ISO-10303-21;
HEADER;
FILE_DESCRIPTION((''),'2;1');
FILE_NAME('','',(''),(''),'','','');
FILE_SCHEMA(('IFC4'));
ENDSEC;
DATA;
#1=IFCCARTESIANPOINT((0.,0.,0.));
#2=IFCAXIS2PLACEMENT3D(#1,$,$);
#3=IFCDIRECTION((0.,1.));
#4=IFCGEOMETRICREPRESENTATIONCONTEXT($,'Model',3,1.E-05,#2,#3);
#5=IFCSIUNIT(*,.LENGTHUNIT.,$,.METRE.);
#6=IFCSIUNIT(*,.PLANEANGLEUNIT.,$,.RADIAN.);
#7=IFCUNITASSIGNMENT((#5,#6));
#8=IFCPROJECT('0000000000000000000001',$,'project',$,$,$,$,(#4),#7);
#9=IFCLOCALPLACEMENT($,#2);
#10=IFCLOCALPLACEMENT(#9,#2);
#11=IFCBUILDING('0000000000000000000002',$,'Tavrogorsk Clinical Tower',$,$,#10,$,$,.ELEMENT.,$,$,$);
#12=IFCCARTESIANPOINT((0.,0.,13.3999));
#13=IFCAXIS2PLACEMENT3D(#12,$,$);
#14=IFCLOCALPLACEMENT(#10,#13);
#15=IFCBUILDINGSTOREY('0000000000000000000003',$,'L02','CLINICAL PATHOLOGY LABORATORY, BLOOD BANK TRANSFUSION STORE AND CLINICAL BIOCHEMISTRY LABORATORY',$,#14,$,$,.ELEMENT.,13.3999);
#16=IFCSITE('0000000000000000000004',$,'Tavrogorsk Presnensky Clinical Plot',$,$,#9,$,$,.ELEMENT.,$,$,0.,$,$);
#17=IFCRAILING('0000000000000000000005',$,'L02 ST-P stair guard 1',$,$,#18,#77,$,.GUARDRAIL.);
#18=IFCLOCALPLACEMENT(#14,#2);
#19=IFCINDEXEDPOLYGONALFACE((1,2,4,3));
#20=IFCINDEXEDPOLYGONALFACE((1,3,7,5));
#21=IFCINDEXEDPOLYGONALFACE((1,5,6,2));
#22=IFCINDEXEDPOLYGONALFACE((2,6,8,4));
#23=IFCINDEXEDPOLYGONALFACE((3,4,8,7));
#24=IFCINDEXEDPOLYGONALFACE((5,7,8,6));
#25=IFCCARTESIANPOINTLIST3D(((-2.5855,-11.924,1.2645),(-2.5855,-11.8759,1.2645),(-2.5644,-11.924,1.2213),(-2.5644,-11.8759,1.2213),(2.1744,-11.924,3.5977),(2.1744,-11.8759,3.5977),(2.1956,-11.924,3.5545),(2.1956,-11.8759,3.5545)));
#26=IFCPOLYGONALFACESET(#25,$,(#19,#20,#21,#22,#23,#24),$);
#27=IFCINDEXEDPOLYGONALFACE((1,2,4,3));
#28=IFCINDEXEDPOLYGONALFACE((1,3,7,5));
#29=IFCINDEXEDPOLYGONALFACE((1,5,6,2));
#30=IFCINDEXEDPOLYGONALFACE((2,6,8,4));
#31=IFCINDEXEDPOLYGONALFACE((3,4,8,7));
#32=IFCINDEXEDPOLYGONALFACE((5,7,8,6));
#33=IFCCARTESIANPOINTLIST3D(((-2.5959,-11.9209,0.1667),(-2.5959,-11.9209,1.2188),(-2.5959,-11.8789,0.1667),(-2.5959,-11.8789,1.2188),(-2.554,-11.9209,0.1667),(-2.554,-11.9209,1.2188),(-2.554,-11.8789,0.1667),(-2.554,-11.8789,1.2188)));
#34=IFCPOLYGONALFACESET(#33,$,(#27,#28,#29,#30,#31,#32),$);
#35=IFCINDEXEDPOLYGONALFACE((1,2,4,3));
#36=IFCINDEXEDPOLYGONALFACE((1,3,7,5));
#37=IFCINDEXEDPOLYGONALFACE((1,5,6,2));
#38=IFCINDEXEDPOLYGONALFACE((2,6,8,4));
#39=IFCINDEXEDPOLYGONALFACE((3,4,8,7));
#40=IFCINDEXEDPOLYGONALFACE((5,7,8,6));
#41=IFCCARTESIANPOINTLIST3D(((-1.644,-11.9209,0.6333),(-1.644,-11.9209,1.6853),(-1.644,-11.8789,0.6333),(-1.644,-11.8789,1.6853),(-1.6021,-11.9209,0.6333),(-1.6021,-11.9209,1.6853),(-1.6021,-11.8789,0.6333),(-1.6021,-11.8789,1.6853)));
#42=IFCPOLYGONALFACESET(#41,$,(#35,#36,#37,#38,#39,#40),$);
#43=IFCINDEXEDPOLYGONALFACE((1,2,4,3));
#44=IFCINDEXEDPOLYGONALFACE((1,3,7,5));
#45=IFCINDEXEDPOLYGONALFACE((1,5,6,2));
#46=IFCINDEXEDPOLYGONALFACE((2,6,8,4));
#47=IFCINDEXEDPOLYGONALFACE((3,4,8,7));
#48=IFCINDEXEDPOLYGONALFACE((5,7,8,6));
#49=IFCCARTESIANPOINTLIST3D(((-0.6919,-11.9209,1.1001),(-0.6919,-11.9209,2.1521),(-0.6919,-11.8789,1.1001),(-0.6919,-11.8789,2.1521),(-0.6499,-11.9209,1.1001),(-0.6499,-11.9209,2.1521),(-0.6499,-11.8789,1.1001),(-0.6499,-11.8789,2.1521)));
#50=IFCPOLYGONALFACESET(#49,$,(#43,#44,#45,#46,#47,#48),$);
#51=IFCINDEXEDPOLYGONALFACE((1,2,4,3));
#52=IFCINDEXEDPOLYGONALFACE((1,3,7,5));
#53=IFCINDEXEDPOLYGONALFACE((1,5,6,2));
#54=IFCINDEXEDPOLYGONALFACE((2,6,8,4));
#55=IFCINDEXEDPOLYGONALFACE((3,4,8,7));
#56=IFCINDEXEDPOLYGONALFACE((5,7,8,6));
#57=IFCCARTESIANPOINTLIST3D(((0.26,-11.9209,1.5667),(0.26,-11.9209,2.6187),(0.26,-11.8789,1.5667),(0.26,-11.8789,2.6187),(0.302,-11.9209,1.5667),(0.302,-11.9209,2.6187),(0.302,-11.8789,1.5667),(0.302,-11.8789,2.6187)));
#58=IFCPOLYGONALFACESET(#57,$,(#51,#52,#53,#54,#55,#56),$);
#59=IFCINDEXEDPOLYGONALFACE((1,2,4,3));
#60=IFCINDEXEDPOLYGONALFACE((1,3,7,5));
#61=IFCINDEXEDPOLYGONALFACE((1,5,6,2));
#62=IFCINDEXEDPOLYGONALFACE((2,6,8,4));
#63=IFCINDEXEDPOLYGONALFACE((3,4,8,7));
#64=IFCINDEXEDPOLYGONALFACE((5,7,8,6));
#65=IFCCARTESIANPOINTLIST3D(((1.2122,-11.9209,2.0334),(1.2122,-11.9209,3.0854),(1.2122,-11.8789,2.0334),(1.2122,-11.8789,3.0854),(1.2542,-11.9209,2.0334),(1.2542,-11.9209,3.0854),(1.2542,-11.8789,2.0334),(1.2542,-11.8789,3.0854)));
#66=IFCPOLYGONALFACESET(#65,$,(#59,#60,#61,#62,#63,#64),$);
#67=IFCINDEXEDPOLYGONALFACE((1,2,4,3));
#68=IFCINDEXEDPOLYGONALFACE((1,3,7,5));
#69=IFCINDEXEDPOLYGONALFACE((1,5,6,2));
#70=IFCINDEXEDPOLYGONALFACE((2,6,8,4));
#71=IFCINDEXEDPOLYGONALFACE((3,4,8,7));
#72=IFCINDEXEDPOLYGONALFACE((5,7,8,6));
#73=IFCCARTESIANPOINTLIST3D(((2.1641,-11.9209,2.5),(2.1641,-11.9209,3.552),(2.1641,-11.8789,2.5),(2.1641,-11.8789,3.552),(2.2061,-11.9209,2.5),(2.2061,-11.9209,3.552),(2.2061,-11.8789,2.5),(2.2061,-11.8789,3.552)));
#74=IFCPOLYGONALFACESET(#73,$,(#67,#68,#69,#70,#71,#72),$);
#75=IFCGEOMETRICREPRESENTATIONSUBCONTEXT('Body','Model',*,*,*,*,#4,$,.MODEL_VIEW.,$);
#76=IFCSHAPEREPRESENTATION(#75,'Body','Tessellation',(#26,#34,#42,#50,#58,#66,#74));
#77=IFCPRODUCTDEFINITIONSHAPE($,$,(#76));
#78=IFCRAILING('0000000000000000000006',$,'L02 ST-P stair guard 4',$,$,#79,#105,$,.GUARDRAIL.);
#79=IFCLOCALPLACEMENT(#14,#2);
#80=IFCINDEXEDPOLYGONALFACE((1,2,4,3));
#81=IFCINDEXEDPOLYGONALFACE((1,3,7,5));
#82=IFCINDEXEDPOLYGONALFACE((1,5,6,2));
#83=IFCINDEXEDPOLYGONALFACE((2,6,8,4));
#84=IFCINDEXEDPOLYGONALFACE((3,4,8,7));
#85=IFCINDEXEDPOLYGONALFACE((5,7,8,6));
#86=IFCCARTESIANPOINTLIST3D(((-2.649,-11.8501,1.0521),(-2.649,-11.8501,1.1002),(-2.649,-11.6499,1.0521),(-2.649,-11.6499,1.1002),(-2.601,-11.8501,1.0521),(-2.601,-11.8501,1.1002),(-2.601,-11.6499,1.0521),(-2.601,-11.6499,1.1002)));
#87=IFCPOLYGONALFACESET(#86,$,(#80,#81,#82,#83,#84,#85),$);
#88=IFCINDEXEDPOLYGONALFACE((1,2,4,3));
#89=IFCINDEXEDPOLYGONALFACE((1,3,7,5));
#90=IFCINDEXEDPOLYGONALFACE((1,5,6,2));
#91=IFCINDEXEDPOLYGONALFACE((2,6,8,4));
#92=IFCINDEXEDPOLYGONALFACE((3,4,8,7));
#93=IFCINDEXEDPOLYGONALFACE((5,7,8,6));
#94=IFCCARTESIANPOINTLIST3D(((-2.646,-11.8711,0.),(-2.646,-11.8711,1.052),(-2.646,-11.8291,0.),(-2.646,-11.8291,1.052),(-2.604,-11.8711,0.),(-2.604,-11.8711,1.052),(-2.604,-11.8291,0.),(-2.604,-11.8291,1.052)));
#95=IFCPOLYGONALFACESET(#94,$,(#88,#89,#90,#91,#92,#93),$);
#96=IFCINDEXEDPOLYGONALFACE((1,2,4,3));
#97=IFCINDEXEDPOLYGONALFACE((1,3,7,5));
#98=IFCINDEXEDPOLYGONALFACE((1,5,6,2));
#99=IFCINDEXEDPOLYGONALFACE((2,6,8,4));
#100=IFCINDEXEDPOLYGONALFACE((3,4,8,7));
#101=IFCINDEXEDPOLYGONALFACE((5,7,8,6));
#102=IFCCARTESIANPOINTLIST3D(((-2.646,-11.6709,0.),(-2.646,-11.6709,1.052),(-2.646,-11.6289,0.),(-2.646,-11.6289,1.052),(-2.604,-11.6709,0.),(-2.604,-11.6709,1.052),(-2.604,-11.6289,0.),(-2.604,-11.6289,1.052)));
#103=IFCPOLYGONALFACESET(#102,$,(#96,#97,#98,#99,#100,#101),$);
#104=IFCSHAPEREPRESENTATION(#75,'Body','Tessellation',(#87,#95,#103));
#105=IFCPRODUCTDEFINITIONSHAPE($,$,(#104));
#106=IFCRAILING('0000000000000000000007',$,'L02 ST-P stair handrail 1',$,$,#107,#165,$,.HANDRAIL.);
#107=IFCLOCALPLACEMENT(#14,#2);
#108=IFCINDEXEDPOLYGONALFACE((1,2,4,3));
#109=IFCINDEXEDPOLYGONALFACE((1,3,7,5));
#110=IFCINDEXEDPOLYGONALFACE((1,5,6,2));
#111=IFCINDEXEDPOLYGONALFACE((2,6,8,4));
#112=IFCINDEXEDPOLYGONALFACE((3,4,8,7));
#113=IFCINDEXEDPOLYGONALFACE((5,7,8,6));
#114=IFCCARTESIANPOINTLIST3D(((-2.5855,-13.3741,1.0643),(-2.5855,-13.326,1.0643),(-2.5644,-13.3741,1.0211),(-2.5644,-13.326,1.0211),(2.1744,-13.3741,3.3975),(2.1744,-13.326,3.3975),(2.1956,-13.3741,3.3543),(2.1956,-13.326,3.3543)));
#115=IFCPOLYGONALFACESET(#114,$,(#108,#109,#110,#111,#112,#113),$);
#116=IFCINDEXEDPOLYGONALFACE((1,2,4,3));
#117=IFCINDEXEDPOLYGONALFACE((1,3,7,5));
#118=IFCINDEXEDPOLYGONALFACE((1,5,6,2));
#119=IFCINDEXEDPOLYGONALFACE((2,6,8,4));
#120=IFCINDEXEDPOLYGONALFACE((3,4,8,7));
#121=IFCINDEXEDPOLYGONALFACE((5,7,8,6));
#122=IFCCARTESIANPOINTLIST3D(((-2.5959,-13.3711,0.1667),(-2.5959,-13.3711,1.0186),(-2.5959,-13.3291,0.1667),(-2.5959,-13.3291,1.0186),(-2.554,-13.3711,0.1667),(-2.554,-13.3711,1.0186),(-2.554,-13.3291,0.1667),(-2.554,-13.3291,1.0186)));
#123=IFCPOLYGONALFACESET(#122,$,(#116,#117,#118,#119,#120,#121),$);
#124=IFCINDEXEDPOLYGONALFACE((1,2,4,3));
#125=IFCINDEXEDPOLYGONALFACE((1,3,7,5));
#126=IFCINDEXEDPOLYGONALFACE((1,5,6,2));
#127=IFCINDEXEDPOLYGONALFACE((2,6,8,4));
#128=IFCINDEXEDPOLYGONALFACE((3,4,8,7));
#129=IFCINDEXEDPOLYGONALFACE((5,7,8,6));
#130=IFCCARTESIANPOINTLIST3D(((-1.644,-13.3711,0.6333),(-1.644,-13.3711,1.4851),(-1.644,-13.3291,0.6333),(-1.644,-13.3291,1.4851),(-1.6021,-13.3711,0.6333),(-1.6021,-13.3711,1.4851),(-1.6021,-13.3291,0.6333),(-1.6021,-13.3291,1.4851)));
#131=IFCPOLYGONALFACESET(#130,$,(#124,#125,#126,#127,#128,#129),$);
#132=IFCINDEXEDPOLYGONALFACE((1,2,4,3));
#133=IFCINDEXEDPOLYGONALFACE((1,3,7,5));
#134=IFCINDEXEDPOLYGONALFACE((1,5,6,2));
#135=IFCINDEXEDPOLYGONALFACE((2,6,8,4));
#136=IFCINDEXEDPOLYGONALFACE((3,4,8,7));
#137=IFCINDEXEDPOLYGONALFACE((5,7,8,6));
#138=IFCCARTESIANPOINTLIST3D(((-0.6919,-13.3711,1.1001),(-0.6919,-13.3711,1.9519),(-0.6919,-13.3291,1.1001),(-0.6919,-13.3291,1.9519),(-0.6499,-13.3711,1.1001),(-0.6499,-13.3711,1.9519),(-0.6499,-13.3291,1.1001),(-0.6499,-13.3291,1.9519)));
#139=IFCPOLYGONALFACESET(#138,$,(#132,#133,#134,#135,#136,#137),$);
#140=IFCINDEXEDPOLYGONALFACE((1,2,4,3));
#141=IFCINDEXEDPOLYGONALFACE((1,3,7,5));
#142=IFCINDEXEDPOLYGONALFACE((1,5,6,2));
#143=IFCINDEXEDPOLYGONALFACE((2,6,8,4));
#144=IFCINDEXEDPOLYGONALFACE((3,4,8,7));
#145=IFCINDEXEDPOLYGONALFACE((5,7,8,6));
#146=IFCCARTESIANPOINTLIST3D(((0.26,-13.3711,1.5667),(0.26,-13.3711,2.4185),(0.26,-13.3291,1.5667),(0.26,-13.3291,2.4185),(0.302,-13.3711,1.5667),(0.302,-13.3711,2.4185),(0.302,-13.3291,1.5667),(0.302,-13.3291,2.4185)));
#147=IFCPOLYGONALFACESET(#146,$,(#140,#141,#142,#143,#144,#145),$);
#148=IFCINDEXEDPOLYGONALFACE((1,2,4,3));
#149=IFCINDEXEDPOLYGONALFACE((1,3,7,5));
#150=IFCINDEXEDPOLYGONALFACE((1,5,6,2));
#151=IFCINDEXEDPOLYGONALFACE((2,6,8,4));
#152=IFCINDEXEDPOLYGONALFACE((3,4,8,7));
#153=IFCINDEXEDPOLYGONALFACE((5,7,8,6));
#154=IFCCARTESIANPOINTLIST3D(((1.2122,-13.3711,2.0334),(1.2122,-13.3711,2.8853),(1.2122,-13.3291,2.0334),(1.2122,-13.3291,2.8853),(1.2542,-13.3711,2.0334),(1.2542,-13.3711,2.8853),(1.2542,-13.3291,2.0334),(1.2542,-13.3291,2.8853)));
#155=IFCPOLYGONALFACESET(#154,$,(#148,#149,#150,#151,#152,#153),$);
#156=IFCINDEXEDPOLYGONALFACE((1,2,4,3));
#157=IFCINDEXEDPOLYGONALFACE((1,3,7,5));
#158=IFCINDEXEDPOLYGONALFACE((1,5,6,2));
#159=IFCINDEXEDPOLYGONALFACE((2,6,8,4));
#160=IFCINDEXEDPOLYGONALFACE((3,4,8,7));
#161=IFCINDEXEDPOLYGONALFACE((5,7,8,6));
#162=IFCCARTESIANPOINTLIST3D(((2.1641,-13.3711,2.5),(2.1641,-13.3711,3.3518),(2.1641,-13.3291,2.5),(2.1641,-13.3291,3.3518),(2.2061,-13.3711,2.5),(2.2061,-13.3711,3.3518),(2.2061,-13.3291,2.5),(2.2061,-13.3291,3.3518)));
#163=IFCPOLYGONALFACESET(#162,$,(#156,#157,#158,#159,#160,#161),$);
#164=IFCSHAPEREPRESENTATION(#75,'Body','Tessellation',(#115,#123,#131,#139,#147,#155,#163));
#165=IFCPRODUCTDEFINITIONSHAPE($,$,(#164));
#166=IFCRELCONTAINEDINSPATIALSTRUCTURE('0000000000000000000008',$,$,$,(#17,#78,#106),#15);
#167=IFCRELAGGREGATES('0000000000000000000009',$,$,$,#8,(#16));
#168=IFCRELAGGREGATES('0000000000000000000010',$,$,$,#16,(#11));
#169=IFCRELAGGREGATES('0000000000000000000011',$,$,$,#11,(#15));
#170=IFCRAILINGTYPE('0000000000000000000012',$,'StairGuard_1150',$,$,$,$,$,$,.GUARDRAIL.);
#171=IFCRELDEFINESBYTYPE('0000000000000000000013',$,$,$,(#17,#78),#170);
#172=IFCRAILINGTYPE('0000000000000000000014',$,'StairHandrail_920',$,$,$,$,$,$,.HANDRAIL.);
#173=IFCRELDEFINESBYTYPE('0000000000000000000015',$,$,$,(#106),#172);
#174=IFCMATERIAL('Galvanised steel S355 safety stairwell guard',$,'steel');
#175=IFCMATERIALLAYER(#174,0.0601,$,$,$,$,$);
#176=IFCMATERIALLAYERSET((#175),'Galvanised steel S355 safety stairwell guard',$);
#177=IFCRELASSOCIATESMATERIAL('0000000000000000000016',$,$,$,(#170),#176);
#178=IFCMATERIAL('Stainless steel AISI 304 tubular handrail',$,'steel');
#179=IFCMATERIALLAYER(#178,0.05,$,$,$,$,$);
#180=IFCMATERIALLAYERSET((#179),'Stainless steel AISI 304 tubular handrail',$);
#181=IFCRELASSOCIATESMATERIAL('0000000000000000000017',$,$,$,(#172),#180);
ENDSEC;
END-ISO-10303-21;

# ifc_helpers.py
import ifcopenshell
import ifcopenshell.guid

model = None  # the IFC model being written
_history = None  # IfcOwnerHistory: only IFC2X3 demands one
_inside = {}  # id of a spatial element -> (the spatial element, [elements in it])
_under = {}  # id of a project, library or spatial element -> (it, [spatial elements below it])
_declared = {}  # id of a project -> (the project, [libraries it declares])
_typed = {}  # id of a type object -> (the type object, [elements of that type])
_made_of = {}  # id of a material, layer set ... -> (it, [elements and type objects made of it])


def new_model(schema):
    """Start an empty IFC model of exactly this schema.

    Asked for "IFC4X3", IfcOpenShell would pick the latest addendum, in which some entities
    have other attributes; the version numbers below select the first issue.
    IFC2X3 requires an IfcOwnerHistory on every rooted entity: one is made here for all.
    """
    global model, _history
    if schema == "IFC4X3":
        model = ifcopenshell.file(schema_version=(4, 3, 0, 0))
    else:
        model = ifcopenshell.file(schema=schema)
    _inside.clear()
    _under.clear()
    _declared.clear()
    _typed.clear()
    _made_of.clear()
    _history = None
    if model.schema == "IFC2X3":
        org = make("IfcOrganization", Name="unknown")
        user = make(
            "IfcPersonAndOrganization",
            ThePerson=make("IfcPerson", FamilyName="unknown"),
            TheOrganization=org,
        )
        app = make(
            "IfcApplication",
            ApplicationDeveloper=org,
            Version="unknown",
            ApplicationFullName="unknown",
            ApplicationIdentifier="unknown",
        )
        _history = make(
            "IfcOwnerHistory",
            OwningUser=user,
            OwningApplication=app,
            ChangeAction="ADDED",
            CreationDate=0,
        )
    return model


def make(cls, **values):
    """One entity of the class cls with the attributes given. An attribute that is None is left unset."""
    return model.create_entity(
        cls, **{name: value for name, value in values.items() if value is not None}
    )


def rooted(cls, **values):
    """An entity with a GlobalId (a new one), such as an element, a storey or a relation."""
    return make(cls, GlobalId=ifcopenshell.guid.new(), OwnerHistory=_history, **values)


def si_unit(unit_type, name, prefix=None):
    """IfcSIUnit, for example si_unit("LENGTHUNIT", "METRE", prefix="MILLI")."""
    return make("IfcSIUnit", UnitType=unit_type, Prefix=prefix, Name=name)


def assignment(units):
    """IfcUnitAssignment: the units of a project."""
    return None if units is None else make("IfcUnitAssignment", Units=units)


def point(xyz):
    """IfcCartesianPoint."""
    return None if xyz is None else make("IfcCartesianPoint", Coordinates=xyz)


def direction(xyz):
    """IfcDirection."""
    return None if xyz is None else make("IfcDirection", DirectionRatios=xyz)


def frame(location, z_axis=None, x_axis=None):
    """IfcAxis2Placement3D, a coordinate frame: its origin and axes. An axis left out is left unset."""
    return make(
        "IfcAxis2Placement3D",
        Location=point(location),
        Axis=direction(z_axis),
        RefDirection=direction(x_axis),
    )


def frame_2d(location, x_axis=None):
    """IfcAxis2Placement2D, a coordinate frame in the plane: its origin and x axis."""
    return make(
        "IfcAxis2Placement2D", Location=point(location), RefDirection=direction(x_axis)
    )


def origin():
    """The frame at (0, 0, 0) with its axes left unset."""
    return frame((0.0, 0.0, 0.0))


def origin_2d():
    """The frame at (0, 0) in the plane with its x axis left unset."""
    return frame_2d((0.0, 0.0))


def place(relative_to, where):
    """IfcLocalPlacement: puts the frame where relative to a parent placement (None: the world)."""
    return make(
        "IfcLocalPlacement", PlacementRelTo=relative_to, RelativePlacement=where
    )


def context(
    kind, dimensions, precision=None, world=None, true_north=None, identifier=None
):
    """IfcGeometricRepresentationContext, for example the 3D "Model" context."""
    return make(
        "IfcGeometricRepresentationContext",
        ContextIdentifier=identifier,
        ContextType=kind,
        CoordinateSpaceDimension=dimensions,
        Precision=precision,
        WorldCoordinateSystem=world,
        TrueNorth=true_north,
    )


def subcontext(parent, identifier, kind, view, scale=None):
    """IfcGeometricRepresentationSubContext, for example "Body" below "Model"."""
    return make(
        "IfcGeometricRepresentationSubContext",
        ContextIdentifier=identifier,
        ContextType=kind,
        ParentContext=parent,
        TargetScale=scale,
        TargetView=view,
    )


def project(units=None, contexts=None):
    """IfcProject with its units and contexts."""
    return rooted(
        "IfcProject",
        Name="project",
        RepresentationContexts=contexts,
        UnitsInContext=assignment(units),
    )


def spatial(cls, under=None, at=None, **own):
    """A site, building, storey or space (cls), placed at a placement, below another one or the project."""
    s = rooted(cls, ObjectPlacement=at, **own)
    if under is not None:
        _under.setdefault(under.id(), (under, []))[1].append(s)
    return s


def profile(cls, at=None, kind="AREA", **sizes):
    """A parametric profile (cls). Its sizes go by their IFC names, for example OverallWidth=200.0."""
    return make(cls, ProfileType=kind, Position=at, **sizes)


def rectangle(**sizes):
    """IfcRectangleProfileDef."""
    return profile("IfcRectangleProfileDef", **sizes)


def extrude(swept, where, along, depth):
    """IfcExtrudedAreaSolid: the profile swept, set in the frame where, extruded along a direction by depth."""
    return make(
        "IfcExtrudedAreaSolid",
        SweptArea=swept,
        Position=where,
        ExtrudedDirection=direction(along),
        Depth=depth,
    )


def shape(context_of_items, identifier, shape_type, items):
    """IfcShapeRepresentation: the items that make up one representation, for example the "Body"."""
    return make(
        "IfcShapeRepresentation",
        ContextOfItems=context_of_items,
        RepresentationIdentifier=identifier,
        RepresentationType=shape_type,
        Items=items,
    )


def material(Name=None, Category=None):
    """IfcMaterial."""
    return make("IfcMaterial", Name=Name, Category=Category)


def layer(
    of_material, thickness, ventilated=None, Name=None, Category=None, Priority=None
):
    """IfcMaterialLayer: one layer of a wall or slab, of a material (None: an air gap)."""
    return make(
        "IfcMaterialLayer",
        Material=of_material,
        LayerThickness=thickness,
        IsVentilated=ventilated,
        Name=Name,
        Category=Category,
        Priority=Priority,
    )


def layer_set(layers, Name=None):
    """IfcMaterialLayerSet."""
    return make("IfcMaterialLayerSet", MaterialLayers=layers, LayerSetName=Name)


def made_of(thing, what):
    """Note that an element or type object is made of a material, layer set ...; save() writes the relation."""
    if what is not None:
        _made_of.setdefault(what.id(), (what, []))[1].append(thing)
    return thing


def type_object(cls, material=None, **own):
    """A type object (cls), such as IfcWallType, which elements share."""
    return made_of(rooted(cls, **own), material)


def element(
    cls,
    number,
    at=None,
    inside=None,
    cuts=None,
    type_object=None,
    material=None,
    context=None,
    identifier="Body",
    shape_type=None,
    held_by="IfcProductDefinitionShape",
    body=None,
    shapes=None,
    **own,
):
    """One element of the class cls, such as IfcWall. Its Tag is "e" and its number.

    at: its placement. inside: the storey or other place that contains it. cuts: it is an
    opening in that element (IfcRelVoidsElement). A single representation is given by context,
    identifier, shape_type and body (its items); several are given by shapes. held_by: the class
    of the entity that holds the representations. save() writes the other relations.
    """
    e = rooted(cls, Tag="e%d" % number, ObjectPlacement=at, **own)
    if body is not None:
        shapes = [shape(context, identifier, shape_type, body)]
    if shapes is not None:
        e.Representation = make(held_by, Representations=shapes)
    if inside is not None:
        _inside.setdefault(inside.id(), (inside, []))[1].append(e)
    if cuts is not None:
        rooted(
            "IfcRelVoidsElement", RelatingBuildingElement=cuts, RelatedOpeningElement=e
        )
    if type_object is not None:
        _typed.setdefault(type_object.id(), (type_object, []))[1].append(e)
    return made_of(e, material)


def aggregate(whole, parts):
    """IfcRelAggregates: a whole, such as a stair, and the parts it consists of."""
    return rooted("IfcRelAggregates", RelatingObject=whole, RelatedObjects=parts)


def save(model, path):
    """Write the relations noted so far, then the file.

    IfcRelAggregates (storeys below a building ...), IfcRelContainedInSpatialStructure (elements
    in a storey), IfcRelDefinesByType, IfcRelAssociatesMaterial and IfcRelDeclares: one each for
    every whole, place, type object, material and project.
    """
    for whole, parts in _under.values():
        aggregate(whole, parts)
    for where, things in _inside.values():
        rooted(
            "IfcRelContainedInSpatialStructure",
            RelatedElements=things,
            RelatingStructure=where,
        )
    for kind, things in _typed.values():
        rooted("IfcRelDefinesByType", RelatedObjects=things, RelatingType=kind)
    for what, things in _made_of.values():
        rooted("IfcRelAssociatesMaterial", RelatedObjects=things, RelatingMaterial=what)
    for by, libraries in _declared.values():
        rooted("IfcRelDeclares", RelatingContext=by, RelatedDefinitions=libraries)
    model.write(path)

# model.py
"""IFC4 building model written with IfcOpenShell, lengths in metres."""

from ifc_helpers import new_model, si_unit, direction, frame, origin, origin_2d, place, context, subcontext, project, spatial, rectangle, extrude, material, layer, layer_set, type_object, element, save


model = new_model("IFC4")

# Units and contexts
model_context = context("Model", 3, precision=1e-05, world=origin(), true_north=direction((0.0, 1.0)))
body_context = subcontext(model_context, "Body", "Model", "MODEL_VIEW")
ifc_project = project(units=[si_unit("LENGTHUNIT", "METRE"), si_unit("PLANEANGLEUNIT", "RADIAN")], contexts=[model_context])

# Site, building, storey
site_placement = place(None, origin())
site = spatial("IfcSite", under=ifc_project, at=site_placement, Name="Tavrogorsk Presnensky Clinical Plot", CompositionType="ELEMENT", RefElevation=0.0)
building_placement = place(site_placement, origin())
building = spatial("IfcBuilding", under=site, at=building_placement, Name="Tavrogorsk Clinical Tower", CompositionType="ELEMENT")
storey_placement = place(building_placement, frame((0.0, 0.0, 13.3999)))
storey = spatial("IfcBuildingStorey", under=building, at=storey_placement, Name="L02", Description="CLINICAL PATHOLOGY LABORATORY, BLOOD BANK TRANSFUSION STORE AND CLINICAL BIOCHEMISTRY LABORATORY", CompositionType="ELEMENT", Elevation=13.3999)

# Railings
ifc_material_1 = material(Name="Galvanised steel S355 safety stairwell guard", Category="steel")
ifc_layer_1 = layer(ifc_material_1, 0.0601)
ifc_layer_set_1 = layer_set([ifc_layer_1], Name="Galvanised steel S355 safety stairwell guard")
railing_type_1 = type_object("IfcRailingType", Name="StairGuard_1150", PredefinedType="GUARDRAIL", material=ifc_layer_set_1)
railing_1_placement = place(storey_placement, frame((-2.575, -11.8999, 0.1667)))
element("IfcRailing", 1, at=railing_1_placement, inside=storey, type_object=railing_type_1, Name="L02 ST-P stair guard 1", PredefinedType="GUARDRAIL", context=body_context, shape_type="SweptSolid", body=[
    extrude(rectangle(XDim=0.0481, YDim=0.0481, at=origin_2d()), frame((0.0, 0.0, 1.0762), z_axis=(0.897927, 0.0, 0.440144), x_axis=(0.0, 1.0, 0.0)), (0.0, 0.0, 1.0), 5.301),
    extrude(rectangle(XDim=0.042, YDim=0.042, at=origin_2d()), origin(), (0.0, 0.0, 1.0), 1.052),
    extrude(rectangle(XDim=0.042, YDim=0.042, at=origin_2d()), frame((0.9519, 0.0, 0.4666)), (0.0, 0.0, 1.0), 1.052),
    extrude(rectangle(XDim=0.042, YDim=0.042, at=origin_2d()), frame((1.9041, 0.0, 0.9333)), (0.0, 0.0, 1.0), 1.052),
    extrude(rectangle(XDim=0.042, YDim=0.042, at=origin_2d()), frame((2.856, 0.0, 1.3999)), (0.0, 0.0, 1.0), 1.052),
    extrude(rectangle(XDim=0.042, YDim=0.042, at=origin_2d()), frame((3.8081, 0.0, 1.8667)), (0.0, 0.0, 1.0), 1.052),
    extrude(rectangle(XDim=0.042, YDim=0.042, at=origin_2d()), frame((4.76, 0.0, 2.3333)), (0.0, 0.0, 1.0), 1.052),
])
railing_2_placement = place(storey_placement, frame((-2.625, -11.8501, 0.0)))
element("IfcRailing", 2, at=railing_2_placement, inside=storey, type_object=railing_type_1, Name="L02 ST-P stair guard 4", PredefinedType="GUARDRAIL", context=body_context, shape_type="SweptSolid", body=[
    extrude(rectangle(XDim=0.0481, YDim=0.0481, at=origin_2d()), frame((0.0, 0.0, 1.0762), z_axis=(0.0, 1.0, 0.0), x_axis=(-1.0, 0.0, 0.0)), (0.0, 0.0, 1.0), 0.2002),
    extrude(rectangle(XDim=0.042, YDim=0.042, at=origin_2d()), origin(), (0.0, 0.0, 1.0), 1.052),
    extrude(rectangle(XDim=0.042, YDim=0.042, at=origin_2d()), frame((0.0, 0.2002, 0.0)), (0.0, 0.0, 1.0), 1.052),
])
ifc_material_2 = material(Name="Stainless steel AISI 304 tubular handrail", Category="steel")
ifc_layer_2 = layer(ifc_material_2, 0.05)
ifc_layer_set_2 = layer_set([ifc_layer_2], Name="Stainless steel AISI 304 tubular handrail")
railing_type_2 = type_object("IfcRailingType", Name="StairHandrail_920", PredefinedType="HANDRAIL", material=ifc_layer_set_2)
railing_3_placement = place(storey_placement, frame((-2.575, -13.3501, 0.1667)))
element("IfcRailing", 3, at=railing_3_placement, inside=storey, type_object=railing_type_2, Name="L02 ST-P stair handrail 1", PredefinedType="HANDRAIL", context=body_context, shape_type="SweptSolid", body=[
    extrude(rectangle(XDim=0.0481, YDim=0.0481, at=origin_2d()), frame((0.0, 0.0, 0.876), z_axis=(0.897927, 0.0, 0.440144), x_axis=(0.0, 1.0, 0.0)), (0.0, 0.0, 1.0), 5.301),
    extrude(rectangle(XDim=0.042, YDim=0.042, at=origin_2d()), origin(), (0.0, 0.0, 1.0), 0.8518),
    extrude(rectangle(XDim=0.042, YDim=0.042, at=origin_2d()), frame((0.9519, 0.0, 0.4666)), (0.0, 0.0, 1.0), 0.8518),
    extrude(rectangle(XDim=0.042, YDim=0.042, at=origin_2d()), frame((1.9041, 0.0, 0.9333)), (0.0, 0.0, 1.0), 0.8518),
    extrude(rectangle(XDim=0.042, YDim=0.042, at=origin_2d()), frame((2.856, 0.0, 1.3999)), (0.0, 0.0, 1.0), 0.8518),
    extrude(rectangle(XDim=0.042, YDim=0.042, at=origin_2d()), frame((3.8081, 0.0, 1.8667)), (0.0, 0.0, 1.0), 0.8518),
    extrude(rectangle(XDim=0.042, YDim=0.042, at=origin_2d()), frame((4.76, 0.0, 2.3333)), (0.0, 0.0, 1.0), 0.8518),
])

save(model, "model.ifc")
